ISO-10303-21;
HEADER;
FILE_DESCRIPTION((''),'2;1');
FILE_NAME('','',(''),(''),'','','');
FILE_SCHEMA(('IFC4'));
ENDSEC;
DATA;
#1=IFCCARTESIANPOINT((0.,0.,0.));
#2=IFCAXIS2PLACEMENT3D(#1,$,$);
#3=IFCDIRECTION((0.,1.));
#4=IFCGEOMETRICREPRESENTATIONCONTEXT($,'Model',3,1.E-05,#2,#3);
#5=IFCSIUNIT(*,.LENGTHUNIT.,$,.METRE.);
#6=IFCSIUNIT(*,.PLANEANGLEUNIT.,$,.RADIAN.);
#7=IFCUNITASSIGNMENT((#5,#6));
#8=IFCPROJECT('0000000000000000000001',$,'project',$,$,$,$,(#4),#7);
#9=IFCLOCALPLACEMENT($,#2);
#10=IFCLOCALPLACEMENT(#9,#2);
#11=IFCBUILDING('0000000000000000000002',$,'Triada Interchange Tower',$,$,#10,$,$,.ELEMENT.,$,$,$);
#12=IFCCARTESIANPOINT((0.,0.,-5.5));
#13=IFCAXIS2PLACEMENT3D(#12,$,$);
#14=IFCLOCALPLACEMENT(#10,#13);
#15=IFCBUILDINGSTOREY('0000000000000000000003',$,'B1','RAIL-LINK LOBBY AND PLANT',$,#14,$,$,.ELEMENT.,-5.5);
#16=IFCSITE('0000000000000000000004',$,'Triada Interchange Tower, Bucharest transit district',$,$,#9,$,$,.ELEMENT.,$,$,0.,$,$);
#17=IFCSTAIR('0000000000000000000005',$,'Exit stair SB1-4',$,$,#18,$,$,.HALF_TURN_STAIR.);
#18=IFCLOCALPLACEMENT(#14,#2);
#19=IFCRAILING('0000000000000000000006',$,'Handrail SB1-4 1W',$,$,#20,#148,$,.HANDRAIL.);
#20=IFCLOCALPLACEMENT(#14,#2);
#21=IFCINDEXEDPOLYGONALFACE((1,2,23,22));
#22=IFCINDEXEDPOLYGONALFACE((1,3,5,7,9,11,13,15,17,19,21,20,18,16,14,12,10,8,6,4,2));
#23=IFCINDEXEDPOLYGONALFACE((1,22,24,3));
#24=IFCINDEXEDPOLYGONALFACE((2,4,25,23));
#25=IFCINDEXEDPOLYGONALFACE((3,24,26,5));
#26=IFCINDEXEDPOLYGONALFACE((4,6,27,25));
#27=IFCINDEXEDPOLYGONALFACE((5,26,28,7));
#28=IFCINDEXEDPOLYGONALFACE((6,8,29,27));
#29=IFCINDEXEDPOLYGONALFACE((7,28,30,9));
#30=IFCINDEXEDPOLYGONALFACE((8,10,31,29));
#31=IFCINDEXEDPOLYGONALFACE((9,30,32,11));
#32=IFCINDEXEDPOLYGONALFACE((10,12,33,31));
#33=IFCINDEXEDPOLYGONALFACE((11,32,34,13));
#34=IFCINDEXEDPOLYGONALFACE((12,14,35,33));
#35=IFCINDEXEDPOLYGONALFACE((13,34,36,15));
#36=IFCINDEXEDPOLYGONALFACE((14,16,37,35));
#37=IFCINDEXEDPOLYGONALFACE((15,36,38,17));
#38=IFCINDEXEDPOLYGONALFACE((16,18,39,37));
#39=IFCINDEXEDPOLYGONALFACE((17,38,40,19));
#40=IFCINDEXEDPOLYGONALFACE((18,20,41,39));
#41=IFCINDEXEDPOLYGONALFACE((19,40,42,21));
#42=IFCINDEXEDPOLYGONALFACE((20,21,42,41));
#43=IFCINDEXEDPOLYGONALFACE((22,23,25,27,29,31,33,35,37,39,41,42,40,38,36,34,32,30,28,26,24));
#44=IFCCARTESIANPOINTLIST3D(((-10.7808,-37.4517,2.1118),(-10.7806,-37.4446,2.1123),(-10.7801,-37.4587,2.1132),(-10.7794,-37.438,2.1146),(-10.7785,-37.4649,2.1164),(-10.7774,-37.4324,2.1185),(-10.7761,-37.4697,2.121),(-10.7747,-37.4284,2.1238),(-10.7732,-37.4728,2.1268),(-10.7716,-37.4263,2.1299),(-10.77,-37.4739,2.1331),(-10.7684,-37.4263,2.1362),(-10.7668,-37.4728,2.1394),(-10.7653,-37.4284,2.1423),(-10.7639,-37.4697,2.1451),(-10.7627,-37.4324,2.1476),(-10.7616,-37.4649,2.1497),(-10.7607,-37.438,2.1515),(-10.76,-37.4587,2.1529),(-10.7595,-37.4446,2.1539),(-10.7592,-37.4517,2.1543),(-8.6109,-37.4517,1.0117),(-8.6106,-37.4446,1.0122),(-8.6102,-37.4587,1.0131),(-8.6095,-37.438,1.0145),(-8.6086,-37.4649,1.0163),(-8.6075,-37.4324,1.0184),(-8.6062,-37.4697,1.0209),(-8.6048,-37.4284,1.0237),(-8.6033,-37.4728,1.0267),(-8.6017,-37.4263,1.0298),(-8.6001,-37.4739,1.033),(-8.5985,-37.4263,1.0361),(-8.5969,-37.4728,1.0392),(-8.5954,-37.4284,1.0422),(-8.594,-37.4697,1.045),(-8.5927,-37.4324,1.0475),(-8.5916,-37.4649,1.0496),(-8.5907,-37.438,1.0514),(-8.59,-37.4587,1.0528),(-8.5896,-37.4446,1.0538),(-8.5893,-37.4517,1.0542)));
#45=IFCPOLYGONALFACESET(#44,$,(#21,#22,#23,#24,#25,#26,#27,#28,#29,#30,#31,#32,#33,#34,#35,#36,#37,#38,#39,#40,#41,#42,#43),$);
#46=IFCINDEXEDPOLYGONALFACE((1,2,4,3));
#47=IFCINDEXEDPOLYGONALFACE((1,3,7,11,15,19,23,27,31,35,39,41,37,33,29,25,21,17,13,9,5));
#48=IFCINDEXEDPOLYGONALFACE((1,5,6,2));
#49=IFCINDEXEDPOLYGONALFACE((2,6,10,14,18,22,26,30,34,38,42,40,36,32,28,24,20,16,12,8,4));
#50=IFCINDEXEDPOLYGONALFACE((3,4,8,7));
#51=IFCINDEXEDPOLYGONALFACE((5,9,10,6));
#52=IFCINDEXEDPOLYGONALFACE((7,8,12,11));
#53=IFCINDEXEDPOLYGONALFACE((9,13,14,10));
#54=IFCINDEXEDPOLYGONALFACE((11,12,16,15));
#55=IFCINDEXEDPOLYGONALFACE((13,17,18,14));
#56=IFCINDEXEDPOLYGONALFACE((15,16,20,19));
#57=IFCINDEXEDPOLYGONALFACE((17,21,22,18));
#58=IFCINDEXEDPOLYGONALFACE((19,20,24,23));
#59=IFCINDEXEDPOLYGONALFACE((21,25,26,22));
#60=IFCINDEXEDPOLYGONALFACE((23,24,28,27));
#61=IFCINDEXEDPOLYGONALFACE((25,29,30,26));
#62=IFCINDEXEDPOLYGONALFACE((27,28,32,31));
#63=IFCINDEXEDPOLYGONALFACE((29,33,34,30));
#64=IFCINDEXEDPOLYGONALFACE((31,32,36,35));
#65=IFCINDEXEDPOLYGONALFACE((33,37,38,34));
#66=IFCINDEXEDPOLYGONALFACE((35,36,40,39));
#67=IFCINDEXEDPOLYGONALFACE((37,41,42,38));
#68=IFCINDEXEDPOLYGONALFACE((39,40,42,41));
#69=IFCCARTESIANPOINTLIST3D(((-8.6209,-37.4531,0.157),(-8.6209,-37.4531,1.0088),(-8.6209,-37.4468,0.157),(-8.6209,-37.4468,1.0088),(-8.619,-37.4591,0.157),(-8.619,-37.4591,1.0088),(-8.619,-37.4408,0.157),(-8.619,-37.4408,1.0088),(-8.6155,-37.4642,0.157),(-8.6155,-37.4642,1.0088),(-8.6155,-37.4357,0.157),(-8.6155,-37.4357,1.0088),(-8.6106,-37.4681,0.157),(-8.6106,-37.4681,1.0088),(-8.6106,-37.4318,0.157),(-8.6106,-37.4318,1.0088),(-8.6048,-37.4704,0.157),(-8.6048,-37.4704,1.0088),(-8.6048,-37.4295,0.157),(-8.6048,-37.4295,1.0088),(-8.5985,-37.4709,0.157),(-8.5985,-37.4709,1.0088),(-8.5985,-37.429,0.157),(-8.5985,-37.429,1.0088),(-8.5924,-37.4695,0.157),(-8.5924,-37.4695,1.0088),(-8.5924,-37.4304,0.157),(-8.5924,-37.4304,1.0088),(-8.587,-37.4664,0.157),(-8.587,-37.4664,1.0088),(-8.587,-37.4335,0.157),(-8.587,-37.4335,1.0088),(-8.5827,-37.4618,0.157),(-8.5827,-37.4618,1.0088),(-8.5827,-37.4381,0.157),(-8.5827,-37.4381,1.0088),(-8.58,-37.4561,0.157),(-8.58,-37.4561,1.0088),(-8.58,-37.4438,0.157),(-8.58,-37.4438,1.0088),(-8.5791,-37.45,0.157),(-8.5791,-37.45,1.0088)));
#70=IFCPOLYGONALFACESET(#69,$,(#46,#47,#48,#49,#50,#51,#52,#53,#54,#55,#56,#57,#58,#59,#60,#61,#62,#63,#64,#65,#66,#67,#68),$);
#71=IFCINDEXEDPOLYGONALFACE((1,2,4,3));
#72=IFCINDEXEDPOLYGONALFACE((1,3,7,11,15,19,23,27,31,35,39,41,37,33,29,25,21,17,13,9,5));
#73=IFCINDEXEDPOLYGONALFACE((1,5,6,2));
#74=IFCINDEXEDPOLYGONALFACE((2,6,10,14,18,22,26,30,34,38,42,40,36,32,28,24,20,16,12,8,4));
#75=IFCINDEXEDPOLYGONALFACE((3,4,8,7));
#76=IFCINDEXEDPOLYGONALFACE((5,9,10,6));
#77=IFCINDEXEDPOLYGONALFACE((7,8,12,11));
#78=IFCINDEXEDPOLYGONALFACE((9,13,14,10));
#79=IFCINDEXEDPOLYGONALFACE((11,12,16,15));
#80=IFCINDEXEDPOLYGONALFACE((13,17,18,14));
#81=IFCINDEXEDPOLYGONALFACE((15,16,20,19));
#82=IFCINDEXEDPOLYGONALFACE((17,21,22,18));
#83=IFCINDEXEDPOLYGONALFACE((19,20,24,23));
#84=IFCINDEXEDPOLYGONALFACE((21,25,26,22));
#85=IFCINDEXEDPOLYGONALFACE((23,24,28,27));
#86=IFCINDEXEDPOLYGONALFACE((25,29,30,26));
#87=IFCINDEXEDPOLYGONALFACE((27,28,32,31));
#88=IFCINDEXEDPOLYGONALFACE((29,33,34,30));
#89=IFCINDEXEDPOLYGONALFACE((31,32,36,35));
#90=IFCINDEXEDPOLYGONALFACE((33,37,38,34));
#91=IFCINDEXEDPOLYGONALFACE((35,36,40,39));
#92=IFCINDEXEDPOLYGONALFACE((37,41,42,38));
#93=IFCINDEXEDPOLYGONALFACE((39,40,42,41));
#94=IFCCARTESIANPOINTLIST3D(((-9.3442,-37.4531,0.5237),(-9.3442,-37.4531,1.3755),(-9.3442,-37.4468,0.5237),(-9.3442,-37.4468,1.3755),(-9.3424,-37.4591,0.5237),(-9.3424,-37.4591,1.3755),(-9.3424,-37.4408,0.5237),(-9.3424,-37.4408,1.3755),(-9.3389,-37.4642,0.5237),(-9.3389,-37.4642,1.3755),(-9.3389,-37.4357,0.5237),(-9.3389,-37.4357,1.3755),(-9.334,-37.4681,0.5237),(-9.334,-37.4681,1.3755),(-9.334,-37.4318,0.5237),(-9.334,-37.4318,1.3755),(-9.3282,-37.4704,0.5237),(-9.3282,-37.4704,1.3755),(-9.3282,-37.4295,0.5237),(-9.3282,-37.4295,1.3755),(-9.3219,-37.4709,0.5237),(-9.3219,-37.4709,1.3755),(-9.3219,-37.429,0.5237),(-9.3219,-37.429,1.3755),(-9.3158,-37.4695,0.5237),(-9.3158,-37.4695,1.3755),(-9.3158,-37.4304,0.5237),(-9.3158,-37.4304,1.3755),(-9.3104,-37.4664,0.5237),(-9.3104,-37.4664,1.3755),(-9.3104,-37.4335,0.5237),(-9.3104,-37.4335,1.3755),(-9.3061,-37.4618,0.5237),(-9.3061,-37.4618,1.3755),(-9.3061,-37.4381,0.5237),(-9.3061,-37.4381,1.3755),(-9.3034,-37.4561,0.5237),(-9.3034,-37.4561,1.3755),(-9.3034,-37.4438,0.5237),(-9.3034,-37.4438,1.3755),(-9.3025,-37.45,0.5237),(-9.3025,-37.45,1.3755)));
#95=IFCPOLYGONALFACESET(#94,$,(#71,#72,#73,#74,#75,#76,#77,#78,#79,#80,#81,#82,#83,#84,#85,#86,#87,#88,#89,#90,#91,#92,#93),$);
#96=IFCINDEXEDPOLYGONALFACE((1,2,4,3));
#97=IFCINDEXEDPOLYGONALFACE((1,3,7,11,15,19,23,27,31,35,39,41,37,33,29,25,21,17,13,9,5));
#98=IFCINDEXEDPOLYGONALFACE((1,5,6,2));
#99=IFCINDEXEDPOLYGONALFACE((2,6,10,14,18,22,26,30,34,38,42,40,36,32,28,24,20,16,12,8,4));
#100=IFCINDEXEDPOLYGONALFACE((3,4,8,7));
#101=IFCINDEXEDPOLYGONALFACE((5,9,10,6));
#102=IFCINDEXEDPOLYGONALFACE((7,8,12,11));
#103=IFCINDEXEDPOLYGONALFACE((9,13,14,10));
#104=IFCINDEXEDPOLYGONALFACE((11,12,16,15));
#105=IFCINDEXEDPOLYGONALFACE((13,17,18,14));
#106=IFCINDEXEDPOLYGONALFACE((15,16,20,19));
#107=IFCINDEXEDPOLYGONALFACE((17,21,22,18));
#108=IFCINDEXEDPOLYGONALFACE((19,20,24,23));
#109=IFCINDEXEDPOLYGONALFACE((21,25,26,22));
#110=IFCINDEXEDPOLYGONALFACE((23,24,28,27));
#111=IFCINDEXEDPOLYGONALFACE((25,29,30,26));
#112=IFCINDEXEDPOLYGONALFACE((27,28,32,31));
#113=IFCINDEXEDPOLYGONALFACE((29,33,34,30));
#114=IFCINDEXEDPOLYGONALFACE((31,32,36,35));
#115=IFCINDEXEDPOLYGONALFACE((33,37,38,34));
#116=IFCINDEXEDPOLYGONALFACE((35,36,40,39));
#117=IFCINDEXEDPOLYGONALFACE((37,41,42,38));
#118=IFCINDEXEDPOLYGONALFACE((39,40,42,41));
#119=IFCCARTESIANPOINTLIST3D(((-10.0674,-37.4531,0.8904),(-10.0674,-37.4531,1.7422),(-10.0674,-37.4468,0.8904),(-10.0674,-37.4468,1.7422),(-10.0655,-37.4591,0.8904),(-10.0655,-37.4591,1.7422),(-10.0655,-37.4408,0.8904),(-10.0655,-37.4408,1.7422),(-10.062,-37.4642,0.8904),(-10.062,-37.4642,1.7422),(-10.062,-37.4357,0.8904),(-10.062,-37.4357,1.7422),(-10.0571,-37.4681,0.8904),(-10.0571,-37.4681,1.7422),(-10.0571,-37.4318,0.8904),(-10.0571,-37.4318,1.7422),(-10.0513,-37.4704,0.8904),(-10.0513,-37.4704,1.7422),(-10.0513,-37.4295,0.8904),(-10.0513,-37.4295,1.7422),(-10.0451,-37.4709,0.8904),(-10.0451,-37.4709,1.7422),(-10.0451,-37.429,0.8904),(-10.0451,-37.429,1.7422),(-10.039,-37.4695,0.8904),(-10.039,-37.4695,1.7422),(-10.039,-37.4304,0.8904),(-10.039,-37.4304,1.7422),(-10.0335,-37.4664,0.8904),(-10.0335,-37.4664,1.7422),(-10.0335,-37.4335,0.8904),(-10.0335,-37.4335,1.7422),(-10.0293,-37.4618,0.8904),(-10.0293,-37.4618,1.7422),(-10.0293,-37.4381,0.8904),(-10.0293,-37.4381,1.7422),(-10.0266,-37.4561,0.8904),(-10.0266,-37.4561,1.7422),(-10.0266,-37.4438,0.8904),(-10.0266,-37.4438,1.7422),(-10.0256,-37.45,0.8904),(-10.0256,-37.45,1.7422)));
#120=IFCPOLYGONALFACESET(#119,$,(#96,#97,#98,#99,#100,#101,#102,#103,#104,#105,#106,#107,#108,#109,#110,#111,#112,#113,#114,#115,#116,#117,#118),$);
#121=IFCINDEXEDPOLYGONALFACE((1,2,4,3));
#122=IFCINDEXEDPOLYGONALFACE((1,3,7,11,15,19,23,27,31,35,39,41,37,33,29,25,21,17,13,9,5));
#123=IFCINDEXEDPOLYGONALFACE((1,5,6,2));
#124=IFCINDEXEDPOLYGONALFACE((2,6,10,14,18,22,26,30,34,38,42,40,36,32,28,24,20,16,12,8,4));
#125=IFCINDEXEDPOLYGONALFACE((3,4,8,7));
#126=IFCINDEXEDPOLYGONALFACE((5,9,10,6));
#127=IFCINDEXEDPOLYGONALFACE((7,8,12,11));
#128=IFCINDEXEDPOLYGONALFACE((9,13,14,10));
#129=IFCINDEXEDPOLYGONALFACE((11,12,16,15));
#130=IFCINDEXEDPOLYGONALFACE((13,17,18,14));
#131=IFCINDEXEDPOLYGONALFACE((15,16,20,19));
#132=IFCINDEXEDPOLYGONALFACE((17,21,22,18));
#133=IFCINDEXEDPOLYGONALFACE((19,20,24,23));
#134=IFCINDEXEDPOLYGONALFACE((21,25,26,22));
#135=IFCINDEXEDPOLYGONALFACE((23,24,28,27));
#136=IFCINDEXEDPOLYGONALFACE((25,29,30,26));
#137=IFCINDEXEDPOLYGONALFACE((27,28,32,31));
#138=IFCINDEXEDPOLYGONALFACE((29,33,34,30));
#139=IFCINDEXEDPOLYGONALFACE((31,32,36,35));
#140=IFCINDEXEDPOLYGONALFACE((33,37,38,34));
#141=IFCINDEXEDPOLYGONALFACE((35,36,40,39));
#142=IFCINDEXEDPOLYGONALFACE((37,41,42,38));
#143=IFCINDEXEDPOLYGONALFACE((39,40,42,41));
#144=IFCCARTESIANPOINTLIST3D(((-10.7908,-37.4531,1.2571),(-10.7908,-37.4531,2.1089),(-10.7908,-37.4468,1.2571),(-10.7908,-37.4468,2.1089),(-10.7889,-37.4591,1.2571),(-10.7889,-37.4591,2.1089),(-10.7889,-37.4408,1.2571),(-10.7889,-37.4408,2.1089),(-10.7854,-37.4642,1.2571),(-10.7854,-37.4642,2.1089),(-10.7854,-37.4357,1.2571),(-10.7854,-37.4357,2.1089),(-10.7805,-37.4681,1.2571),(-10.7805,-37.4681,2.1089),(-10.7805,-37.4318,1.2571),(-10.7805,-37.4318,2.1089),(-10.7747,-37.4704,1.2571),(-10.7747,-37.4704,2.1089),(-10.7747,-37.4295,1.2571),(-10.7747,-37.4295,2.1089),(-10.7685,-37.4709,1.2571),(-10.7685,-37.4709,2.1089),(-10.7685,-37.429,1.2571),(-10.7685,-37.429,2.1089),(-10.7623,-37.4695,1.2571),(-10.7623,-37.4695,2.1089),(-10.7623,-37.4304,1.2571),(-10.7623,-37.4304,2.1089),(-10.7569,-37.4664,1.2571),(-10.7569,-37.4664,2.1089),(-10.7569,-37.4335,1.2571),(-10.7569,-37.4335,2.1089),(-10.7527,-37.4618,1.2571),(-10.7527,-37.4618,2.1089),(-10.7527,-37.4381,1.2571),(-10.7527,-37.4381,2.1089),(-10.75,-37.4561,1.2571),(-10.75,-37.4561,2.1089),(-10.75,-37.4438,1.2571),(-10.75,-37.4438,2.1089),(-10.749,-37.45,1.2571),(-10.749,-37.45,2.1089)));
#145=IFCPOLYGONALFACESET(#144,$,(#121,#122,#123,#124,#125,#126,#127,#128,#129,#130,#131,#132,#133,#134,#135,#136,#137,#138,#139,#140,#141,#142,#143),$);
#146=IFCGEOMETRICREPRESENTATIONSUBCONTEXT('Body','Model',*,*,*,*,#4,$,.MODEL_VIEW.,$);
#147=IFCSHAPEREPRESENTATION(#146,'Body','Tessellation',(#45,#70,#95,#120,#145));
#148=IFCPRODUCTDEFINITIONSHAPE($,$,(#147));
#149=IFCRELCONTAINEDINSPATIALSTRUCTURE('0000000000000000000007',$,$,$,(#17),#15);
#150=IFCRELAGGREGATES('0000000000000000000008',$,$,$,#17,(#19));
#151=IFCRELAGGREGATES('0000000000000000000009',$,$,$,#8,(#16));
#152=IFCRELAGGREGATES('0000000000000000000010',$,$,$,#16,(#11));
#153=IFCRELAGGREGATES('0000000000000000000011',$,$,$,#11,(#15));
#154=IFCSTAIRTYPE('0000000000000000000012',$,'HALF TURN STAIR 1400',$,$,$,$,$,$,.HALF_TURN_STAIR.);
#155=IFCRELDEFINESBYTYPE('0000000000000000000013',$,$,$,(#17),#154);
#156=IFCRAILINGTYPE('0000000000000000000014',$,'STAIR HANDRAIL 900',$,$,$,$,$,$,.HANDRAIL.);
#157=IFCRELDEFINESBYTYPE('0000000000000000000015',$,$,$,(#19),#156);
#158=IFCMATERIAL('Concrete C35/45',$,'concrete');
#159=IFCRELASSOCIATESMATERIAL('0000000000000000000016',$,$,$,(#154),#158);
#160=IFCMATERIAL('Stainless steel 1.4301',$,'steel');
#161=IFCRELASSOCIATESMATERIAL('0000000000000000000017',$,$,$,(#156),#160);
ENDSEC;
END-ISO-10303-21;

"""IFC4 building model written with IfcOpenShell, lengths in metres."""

from ifc_helpers import new_model, si_unit, direction, frame, origin, origin_2d, place, context, subcontext, project, spatial, circle, extrude, material, type_object, element, aggregate, save


model = new_model("IFC4")

# Units and contexts
model_context = context("Model", 3, precision=1e-05, world=origin(), true_north=direction((0.0, 1.0)))
body_context = subcontext(model_context, "Body", "Model", "MODEL_VIEW")
ifc_project = project(units=[si_unit("LENGTHUNIT", "METRE"), si_unit("PLANEANGLEUNIT", "RADIAN")], contexts=[model_context])

# Site, building, storey
site_placement = place(None, origin())
site = spatial("IfcSite", under=ifc_project, at=site_placement, Name="Triada Interchange Tower, Bucharest transit district", CompositionType="ELEMENT", RefElevation=0.0)
building_placement = place(site_placement, origin())
building = spatial("IfcBuilding", under=site, at=building_placement, Name="Triada Interchange Tower", CompositionType="ELEMENT")
storey_placement = place(building_placement, frame((0.0, 0.0, -5.5)))
storey = spatial("IfcBuildingStorey", under=building, at=storey_placement, Name="B1", Description="RAIL-LINK LOBBY AND PLANT", CompositionType="ELEMENT", Elevation=-5.5)

# Shared definitions
ifc_material_1 = material(Name="Concrete C35/45", Category="concrete")

# Stair, railing
stair_type = type_object("IfcStairType", Name="HALF TURN STAIR 1400", PredefinedType="HALF_TURN_STAIR", material=ifc_material_1)
stair_placement = place(storey_placement, origin())
stair = element("IfcStair", 1, at=stair_placement, inside=storey, type_object=stair_type, Name="Exit stair SB1-4", PredefinedType="HALF_TURN_STAIR")
ifc_material_2 = material(Name="Stainless steel 1.4301", Category="steel")
railing_type = type_object("IfcRailingType", Name="STAIR HANDRAIL 900", PredefinedType="HANDRAIL", material=ifc_material_2)
railing_1_placement = place(storey_placement, frame((-8.6001, -37.45, 0.157)))
railing_1 = element("IfcRailing", 2, at=railing_1_placement, type_object=railing_type, Name="Handrail SB1-4 1W", PredefinedType="HANDRAIL", context=body_context, shape_type="SweptSolid", body=[
    extrude(circle(Radius=0.0239, at=origin_2d()), frame((0.0, 0.0, 0.876), z_axis=(-0.891925, 0.0, 0.452184), x_axis=(0.0, -1.0, 0.0)), (0.0, 0.0, 1.0), 2.4329),
    extrude(circle(Radius=0.021, at=origin_2d()), origin(), (0.0, 0.0, 1.0), 0.8518),
    extrude(circle(Radius=0.021, at=origin_2d()), frame((-0.7234, 0.0, 0.3667)), (0.0, 0.0, 1.0), 0.8518),
    extrude(circle(Radius=0.021, at=origin_2d()), frame((-1.4465, 0.0, 0.7334)), (0.0, 0.0, 1.0), 0.8518),
    extrude(circle(Radius=0.021, at=origin_2d()), frame((-2.1699, 0.0, 1.1001)), (0.0, 0.0, 1.0), 0.8518),
])
aggregate(stair, [railing_1])

save(model, "model.ifc")
